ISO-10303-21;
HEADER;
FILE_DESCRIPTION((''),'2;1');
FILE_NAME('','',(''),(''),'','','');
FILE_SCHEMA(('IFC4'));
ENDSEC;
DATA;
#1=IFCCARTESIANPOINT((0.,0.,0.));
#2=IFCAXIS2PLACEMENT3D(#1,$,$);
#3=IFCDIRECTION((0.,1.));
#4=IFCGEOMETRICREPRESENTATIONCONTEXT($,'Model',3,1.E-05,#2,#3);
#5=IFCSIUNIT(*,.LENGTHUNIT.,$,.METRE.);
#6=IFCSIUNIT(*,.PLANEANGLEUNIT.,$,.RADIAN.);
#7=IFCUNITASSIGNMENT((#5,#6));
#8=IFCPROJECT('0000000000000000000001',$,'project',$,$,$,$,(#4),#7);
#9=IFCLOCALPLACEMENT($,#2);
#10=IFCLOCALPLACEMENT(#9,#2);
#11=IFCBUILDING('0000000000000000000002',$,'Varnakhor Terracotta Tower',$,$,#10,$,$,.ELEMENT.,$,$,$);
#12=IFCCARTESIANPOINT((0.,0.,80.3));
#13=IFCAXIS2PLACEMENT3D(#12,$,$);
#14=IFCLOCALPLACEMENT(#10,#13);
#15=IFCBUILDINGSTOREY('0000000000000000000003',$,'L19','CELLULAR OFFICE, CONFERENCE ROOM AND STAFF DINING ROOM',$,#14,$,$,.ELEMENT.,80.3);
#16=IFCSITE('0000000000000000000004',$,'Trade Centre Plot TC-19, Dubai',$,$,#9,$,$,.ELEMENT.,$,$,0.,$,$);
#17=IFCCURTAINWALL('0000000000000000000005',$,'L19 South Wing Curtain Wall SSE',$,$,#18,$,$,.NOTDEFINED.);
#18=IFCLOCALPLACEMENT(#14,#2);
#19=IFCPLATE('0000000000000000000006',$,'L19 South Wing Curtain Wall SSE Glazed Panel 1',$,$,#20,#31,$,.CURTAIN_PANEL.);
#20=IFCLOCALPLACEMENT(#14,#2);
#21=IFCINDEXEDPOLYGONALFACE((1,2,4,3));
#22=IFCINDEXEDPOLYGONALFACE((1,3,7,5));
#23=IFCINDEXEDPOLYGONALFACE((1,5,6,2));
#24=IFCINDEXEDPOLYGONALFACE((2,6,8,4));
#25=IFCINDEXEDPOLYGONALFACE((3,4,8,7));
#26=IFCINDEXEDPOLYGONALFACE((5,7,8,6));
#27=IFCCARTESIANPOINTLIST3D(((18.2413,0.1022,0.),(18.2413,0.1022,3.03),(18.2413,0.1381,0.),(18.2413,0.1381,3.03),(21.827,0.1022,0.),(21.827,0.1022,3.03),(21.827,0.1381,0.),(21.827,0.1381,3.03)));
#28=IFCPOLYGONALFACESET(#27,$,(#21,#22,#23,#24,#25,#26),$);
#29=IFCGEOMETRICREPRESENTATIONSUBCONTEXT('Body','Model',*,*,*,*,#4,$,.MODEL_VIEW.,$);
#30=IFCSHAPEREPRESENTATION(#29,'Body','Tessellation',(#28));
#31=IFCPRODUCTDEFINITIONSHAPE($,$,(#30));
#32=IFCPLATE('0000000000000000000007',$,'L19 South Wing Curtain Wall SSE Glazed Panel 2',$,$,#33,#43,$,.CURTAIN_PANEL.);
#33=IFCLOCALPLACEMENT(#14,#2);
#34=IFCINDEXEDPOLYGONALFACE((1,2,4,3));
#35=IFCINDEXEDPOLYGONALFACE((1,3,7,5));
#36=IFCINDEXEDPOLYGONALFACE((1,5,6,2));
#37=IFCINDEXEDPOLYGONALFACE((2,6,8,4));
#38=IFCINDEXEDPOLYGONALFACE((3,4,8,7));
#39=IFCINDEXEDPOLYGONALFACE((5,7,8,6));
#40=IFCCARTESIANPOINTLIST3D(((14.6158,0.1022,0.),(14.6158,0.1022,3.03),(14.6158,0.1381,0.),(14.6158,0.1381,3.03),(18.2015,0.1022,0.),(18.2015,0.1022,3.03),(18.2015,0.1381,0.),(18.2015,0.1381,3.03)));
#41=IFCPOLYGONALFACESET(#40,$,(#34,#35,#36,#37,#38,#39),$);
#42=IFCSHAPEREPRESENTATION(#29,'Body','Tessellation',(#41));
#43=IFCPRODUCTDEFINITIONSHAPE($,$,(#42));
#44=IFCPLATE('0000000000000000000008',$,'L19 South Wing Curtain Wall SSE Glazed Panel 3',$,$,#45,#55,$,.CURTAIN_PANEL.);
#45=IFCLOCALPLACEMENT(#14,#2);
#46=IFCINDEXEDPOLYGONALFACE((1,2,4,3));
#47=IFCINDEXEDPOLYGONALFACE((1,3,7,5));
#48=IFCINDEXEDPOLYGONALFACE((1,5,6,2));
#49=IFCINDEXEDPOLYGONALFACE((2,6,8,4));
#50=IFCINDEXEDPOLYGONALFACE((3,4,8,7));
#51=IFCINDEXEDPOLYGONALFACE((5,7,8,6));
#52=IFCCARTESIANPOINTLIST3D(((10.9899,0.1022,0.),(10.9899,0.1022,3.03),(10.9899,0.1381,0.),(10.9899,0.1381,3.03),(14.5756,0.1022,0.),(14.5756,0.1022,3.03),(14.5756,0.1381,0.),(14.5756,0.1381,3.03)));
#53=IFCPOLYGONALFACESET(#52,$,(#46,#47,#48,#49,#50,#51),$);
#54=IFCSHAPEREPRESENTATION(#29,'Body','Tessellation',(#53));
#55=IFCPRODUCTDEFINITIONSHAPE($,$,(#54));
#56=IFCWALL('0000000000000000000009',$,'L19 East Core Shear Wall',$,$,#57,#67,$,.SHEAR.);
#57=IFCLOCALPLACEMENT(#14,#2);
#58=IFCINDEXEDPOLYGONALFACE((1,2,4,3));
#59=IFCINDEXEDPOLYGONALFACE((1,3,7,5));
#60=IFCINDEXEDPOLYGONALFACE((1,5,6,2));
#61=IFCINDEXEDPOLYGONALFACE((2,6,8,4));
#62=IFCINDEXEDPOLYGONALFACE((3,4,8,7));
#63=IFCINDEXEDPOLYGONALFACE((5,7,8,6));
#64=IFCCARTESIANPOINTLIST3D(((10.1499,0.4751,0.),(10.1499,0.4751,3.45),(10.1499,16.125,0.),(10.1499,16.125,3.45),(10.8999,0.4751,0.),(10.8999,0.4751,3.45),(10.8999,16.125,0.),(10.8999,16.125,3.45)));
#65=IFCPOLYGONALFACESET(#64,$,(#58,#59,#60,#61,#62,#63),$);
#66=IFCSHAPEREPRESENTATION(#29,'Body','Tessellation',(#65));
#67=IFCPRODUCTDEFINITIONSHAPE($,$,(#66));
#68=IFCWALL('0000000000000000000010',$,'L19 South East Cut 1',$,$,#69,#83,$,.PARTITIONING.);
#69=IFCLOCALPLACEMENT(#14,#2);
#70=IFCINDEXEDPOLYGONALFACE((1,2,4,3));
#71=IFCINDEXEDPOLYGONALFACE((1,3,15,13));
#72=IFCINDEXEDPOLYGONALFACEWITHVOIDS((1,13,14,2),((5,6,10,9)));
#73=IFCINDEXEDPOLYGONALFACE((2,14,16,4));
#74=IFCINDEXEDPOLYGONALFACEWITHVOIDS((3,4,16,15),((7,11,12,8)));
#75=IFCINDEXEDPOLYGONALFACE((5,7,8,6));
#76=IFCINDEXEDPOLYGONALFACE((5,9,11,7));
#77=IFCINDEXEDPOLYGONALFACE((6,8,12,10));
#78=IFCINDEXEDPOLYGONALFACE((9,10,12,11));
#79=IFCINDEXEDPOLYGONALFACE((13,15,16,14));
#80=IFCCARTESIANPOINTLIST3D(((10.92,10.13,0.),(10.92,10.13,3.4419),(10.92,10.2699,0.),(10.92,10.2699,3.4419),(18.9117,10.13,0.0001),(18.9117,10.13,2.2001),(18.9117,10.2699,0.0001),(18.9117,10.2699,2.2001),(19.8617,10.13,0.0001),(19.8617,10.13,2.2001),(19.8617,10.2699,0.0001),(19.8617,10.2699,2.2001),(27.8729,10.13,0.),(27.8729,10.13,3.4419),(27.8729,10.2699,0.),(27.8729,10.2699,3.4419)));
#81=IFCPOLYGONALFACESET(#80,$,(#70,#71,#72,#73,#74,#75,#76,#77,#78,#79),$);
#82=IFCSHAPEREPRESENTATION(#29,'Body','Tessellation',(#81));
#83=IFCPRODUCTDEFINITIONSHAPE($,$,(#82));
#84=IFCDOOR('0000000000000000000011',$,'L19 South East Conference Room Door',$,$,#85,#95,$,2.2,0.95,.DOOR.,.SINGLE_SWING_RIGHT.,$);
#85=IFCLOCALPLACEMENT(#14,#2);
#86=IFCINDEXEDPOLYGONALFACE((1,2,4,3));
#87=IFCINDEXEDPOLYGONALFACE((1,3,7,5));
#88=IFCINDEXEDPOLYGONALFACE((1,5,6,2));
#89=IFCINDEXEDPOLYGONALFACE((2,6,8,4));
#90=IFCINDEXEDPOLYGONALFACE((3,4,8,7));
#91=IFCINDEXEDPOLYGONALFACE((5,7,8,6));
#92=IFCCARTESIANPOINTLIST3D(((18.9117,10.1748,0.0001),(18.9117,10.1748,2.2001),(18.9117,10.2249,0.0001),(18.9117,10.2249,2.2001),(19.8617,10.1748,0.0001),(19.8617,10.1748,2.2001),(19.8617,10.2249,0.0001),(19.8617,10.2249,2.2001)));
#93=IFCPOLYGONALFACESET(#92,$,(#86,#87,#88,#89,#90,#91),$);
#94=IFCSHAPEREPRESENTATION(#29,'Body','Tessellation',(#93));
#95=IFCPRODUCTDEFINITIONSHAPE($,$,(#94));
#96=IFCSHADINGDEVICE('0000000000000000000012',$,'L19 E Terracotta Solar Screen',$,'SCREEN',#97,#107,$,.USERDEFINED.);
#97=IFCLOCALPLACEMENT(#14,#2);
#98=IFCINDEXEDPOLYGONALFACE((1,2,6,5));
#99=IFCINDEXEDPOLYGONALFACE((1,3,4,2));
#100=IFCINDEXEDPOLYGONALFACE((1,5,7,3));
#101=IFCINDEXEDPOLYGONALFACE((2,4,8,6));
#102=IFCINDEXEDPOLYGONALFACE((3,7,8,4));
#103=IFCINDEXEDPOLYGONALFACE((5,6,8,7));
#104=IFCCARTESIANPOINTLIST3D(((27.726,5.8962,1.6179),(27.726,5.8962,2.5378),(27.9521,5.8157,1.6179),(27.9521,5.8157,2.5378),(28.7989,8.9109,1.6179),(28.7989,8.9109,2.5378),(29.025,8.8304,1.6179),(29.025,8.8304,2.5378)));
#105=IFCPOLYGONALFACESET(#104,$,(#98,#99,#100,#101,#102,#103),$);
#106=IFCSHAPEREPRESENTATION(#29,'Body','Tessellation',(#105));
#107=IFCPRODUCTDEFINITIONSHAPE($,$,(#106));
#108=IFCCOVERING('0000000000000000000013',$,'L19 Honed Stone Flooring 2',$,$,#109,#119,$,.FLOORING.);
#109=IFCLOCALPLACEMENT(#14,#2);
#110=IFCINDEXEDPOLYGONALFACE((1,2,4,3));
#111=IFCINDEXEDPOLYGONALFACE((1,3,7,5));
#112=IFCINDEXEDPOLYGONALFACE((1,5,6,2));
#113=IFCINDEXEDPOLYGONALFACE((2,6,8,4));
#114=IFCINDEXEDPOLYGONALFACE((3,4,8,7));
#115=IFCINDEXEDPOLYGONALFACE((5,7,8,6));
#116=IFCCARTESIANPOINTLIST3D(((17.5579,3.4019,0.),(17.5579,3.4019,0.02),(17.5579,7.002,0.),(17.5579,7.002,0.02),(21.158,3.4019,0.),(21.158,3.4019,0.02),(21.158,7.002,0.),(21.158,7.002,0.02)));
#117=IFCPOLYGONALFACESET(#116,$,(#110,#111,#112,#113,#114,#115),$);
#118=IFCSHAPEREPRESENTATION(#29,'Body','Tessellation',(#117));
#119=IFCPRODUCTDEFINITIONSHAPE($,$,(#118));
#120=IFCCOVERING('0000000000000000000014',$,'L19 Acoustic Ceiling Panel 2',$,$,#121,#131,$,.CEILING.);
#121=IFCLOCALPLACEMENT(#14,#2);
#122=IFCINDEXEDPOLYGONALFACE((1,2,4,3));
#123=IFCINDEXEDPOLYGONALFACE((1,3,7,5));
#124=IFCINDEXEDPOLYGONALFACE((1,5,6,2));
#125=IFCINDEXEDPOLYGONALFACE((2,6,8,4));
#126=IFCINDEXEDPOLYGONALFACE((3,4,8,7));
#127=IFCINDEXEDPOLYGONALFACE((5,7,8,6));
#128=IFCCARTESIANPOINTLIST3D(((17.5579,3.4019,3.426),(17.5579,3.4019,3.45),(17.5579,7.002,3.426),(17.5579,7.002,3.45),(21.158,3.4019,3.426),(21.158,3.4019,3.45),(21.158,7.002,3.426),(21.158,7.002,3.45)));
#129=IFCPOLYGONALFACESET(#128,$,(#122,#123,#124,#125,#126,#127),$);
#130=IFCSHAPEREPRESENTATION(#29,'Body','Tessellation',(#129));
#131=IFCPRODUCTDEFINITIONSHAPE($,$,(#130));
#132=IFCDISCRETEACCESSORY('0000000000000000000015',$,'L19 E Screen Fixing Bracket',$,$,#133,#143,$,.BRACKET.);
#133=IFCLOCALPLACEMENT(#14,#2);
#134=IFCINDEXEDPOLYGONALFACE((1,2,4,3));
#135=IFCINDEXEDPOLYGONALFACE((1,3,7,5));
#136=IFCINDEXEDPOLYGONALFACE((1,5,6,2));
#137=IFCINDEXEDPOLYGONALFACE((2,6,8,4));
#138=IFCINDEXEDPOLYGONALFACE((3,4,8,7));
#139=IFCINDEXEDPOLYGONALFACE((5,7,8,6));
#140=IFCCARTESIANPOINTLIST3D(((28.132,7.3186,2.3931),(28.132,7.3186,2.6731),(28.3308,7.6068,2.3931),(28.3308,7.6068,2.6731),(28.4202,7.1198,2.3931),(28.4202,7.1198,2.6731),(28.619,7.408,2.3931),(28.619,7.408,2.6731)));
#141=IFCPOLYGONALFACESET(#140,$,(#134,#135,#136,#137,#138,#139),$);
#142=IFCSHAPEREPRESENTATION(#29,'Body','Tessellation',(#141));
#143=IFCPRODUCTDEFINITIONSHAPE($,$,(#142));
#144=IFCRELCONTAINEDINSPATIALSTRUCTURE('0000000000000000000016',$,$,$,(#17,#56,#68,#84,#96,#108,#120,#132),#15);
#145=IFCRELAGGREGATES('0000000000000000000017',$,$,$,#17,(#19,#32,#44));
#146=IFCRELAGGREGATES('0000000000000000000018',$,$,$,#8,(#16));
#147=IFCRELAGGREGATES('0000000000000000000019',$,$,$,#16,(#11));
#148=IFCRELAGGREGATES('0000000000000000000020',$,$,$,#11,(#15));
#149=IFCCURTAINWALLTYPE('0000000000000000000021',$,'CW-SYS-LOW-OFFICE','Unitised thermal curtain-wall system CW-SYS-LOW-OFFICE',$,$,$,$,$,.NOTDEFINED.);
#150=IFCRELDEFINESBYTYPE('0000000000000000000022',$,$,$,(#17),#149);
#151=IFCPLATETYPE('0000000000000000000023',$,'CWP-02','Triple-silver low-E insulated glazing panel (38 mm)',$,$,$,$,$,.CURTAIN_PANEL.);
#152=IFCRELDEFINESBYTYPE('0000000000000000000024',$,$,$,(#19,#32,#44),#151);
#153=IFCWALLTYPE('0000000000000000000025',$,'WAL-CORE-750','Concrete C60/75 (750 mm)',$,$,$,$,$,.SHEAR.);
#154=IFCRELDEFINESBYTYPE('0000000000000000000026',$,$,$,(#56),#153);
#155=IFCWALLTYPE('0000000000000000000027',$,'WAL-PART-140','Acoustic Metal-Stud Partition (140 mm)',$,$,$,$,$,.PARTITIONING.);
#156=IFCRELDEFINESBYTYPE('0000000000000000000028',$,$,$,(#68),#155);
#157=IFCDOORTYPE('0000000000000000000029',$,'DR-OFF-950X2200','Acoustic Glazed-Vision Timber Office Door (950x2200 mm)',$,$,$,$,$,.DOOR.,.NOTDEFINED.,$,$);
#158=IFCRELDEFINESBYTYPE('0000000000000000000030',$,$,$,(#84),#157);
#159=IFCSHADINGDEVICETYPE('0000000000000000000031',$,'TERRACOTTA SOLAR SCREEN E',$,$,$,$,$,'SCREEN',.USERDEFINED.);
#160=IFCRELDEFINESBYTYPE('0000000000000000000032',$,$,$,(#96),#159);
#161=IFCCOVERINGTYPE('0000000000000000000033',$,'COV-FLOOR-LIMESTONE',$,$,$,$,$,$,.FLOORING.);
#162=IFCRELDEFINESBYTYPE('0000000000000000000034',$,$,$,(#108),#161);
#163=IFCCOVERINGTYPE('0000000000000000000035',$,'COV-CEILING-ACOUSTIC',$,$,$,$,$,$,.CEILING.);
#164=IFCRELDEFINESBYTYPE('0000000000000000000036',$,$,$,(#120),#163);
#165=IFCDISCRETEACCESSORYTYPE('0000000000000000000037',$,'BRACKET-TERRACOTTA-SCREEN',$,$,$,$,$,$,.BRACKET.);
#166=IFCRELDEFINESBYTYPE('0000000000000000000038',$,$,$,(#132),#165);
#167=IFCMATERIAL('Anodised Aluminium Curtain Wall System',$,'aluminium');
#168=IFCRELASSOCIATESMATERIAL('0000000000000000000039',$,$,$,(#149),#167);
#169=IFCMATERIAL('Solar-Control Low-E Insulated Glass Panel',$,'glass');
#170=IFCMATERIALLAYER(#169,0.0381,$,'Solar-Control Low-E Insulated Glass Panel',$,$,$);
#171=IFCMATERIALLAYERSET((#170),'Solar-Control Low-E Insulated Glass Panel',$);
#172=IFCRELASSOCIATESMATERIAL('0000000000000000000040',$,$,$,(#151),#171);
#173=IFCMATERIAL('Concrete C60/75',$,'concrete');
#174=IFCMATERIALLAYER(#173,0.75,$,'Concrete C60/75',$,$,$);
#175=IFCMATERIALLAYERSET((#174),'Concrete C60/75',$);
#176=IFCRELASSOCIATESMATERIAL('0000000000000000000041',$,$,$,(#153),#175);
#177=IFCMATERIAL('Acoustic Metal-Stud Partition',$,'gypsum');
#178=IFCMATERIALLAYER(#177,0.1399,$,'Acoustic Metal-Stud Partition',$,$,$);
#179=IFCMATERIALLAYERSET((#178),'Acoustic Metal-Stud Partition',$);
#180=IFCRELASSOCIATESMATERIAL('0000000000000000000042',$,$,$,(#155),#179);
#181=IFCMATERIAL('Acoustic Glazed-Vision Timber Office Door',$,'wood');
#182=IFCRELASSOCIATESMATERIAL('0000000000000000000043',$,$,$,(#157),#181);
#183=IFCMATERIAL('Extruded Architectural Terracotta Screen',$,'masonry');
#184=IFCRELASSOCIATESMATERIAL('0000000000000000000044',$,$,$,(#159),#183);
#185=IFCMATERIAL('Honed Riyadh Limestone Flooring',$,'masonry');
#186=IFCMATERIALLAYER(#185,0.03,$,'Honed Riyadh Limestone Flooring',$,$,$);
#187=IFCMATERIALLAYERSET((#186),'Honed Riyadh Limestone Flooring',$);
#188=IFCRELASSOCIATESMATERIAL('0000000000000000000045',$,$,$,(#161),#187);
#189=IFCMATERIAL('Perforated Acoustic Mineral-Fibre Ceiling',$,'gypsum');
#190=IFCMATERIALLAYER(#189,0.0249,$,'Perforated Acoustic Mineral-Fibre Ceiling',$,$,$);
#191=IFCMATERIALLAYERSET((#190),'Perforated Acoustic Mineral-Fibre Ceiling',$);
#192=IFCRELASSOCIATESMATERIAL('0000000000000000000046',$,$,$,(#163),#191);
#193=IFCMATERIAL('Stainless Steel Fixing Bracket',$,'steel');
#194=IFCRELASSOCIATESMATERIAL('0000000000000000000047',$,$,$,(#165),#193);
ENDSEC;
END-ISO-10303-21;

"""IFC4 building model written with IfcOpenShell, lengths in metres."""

from ifc_helpers import new_model, si_unit, direction, frame, frame_2d, origin, origin_2d, place, context, subcontext, project, spatial, rectangle, extrude, source, transform, mapped, material, layer, layer_set, type_object, type_shapes, element, fill, aggregate, save


model = new_model("IFC4")

# Units and contexts
model_context = context("Model", 3, precision=1e-05, world=origin(), true_north=direction((0.0, 1.0)))
body_context = subcontext(model_context, "Body", "Model", "MODEL_VIEW")
ifc_project = project(units=[si_unit("LENGTHUNIT", "METRE"), si_unit("PLANEANGLEUNIT", "RADIAN")], contexts=[model_context])

# Site, building, storey
site_placement = place(None, origin())
site = spatial("IfcSite", under=ifc_project, at=site_placement, Name="Trade Centre Plot TC-19, Dubai", CompositionType="ELEMENT", RefElevation=0.0)
building_placement = place(site_placement, origin())
building = spatial("IfcBuilding", under=site, at=building_placement, Name="Varnakhor Terracotta Tower", CompositionType="ELEMENT")
storey_placement = place(building_placement, frame((0.0, 0.0, 80.3)))
storey = spatial("IfcBuildingStorey", under=building, at=storey_placement, Name="L19", Description="CELLULAR OFFICE, CONFERENCE ROOM AND STAFF DINING ROOM", CompositionType="ELEMENT", Elevation=80.3)

# Curtain wall
ifc_material_1 = material(Name="Anodised Aluminium Curtain Wall System", Category="aluminium")
curtain_wall_type = type_object("IfcCurtainWallType", Name="CW-SYS-LOW-OFFICE", Description="Unitised thermal curtain-wall system CW-SYS-LOW-OFFICE", PredefinedType="NOTDEFINED", material=ifc_material_1)
curtain_wall_1_placement = place(storey_placement, origin())
curtain_wall_1 = element("IfcCurtainWall", 1, at=curtain_wall_1_placement, inside=storey, type_object=curtain_wall_type, Name="L19 South Wing Curtain Wall SSE", PredefinedType="NOTDEFINED")

# Plates
ifc_material_2 = material(Name="Solar-Control Low-E Insulated Glass Panel", Category="glass")
ifc_layer_1 = layer(ifc_material_2, 0.0381, Name="Solar-Control Low-E Insulated Glass Panel")
ifc_layer_set_1 = layer_set([ifc_layer_1], Name="Solar-Control Low-E Insulated Glass Panel")
plate_type_1 = type_object("IfcPlateType", Name="CWP-02", Description="Triple-silver low-E insulated glazing panel (38 mm)", PredefinedType="CURTAIN_PANEL", material=ifc_layer_set_1)
shared_shape_1 = source(origin(), body_context, "Body", "SweptSolid", [
    extrude(rectangle(XDim=3.5857, YDim=0.0359, at=origin_2d()), origin(), (0.0, 0.0, 1.0), 3.03),
])
plate_1_placement = place(storey_placement, frame((20.0342, 0.1201, 0.0), z_axis=(0.0, 0.0, 1.0), x_axis=(-1.0, 0.0, 0.0)))
plate_1 = element("IfcPlate", 2, at=plate_1_placement, type_object=plate_type_1, Name="L19 South Wing Curtain Wall SSE Glazed Panel 1", PredefinedType="CURTAIN_PANEL", context=body_context, shape_type="MappedRepresentation", body=[
    mapped(shared_shape_1, transform((0.0, 0.0, 0.0), scale=1.0)),
])
plate_2_placement = place(storey_placement, frame((16.4087, 0.1201, 0.0), z_axis=(0.0, 0.0, 1.0), x_axis=(-1.0, 0.0, 0.0)))
plate_2 = element("IfcPlate", 3, at=plate_2_placement, type_object=plate_type_1, Name="L19 South Wing Curtain Wall SSE Glazed Panel 2", PredefinedType="CURTAIN_PANEL", context=body_context, shape_type="MappedRepresentation", body=[
    mapped(shared_shape_1, transform((0.0, 0.0, 0.0), scale=1.0)),
])
plate_3_placement = place(storey_placement, frame((12.7827, 0.1201, 0.0), z_axis=(0.0, 0.0, 1.0), x_axis=(-1.0, 0.0, 0.0)))
plate_3 = element("IfcPlate", 4, at=plate_3_placement, type_object=plate_type_1, Name="L19 South Wing Curtain Wall SSE Glazed Panel 3", PredefinedType="CURTAIN_PANEL", context=body_context, shape_type="MappedRepresentation", body=[
    mapped(shared_shape_1, transform((0.0, 0.0, 0.0), scale=1.0)),
])
aggregate(curtain_wall_1, [plate_1, plate_2, plate_3])

# Wall
ifc_material_3 = material(Name="Concrete C60/75", Category="concrete")
ifc_layer_2 = layer(ifc_material_3, 0.75, Name="Concrete C60/75")
ifc_layer_set_2 = layer_set([ifc_layer_2], Name="Concrete C60/75")
wall_type_1 = type_object("IfcWallType", Name="WAL-CORE-750", Description="Concrete C60/75 (750 mm)", PredefinedType="SHEAR", material=ifc_layer_set_2)
wall_1_placement = place(storey_placement, frame((10.5249, 0.4751, 0.0), z_axis=(0.0, 0.0, 1.0), x_axis=(0.0, 1.0, 0.0)))
element("IfcWall", 5, at=wall_1_placement, inside=storey, type_object=wall_type_1, Name="L19 East Core Shear Wall", PredefinedType="SHEAR", context=body_context, shape_type="SweptSolid", body=[
    extrude(rectangle(XDim=15.6499, YDim=0.75, at=frame_2d((7.825, 0.0))), origin(), (0.0, 0.0, 1.0), 3.45),
])

# Wall, opening, door
ifc_material_4 = material(Name="Acoustic Metal-Stud Partition", Category="gypsum")
ifc_layer_3 = layer(ifc_material_4, 0.1399, Name="Acoustic Metal-Stud Partition")
ifc_layer_set_3 = layer_set([ifc_layer_3], Name="Acoustic Metal-Stud Partition")
wall_type_2 = type_object("IfcWallType", Name="WAL-PART-140", Description="Acoustic Metal-Stud Partition (140 mm)", PredefinedType="PARTITIONING", material=ifc_layer_set_3)
wall_2_placement = place(storey_placement, frame((10.9199, 10.2, 0.0), z_axis=(0.0, 0.0, 1.0), x_axis=(1.0, 0.0, 0.0)))
wall_2 = element("IfcWall", 6, at=wall_2_placement, inside=storey, type_object=wall_type_2, Name="L19 South East Cut 1", PredefinedType="PARTITIONING", context=body_context, shape_type="SweptSolid", body=[
    extrude(rectangle(XDim=16.9529, YDim=0.1399, at=frame_2d((8.4766, 0.0))), origin(), (0.0, 0.0, 1.0), 3.4419),
])
opening_placement = place(wall_2_placement, frame((7.9917, 0.0, 0.0)))
opening = element("IfcOpeningElement", 7, at=opening_placement, cuts=wall_2, PredefinedType="OPENING", context=body_context, shape_type="SweptSolid", body=[
    extrude(rectangle(XDim=0.95, YDim=2.2, at=frame_2d((0.4751, 1.1001))), frame((0.0, 0.0801, 0.0), z_axis=(0.0, -1.0, 0.0), x_axis=(1.0, 0.0, 0.0)), (0.0, 0.0, 1.0), 0.1599),
])
ifc_material_5 = material(Name="Acoustic Glazed-Vision Timber Office Door", Category="wood")
door_type = type_object("IfcDoorType", Name="DR-OFF-950X2200", Description="Acoustic Glazed-Vision Timber Office Door (950x2200 mm)", OperationType="NOTDEFINED", PredefinedType="DOOR", material=ifc_material_5)
shared_shape_2 = source(origin(), body_context, "Body", "SweptSolid", [
    extrude(rectangle(XDim=0.95, YDim=2.2, at=frame_2d((0.4751, 1.1001))), frame((0.0, 0.0249, 0.0), z_axis=(0.0, -1.0, 0.0), x_axis=(1.0, 0.0, 0.0)), (0.0, 0.0, 1.0), 0.05),
])
type_shapes(door_type, [shared_shape_2])
door_placement = place(opening_placement, origin())
door = element("IfcDoor", 8, at=door_placement, inside=storey, type_object=door_type, Name="L19 South East Conference Room Door", OperationType="SINGLE_SWING_RIGHT", OverallHeight=2.2, OverallWidth=0.95, PredefinedType="DOOR", context=body_context, shape_type="MappedRepresentation", body=[
    mapped(shared_shape_2, transform((0.0, 0.0, 0.0), scale=1.0)),
])
fill(opening, door)

# Shading device
ifc_material_6 = material(Name="Extruded Architectural Terracotta Screen", Category="masonry")
shading_device_type = type_object("IfcShadingDeviceType", Name="TERRACOTTA SOLAR SCREEN E", ElementType="SCREEN", PredefinedType="USERDEFINED", material=ifc_material_6)
shared_shape_3 = source(origin(), body_context, "Body", "SweptSolid", [
    extrude(rectangle(XDim=3.2, YDim=0.24, at=origin_2d()), origin(), (0.0, 0.0, 1.0), 0.9199),
])
type_shapes(shading_device_type, [shared_shape_3])
shading_device_placement = place(storey_placement, frame((28.3755, 7.3633, 1.6179), z_axis=(0.0, 0.0, 1.0), x_axis=(0.335287, 0.942116, 0.0)))
element("IfcShadingDevice", 9, at=shading_device_placement, inside=storey, type_object=shading_device_type, Name="L19 E Terracotta Solar Screen", ObjectType="SCREEN", PredefinedType="USERDEFINED", context=body_context, shape_type="MappedRepresentation", body=[
    mapped(shared_shape_3, transform((0.0, 0.0, 0.0), scale=1.0)),
])

# Coverings
ifc_material_7 = material(Name="Honed Riyadh Limestone Flooring", Category="masonry")
ifc_layer_4 = layer(ifc_material_7, 0.03, Name="Honed Riyadh Limestone Flooring")
ifc_layer_set_4 = layer_set([ifc_layer_4], Name="Honed Riyadh Limestone Flooring")
covering_type_1 = type_object("IfcCoveringType", Name="COV-FLOOR-LIMESTONE", PredefinedType="FLOORING", material=ifc_layer_set_4)
shared_shape_4 = source(origin(), body_context, "Body", "SweptSolid", [
    extrude(rectangle(XDim=3.6001, YDim=3.6001, at=origin_2d()), origin(), (0.0, 0.0, 1.0), 0.02),
])
covering_1_placement = place(storey_placement, frame((19.3579, 5.2019, 0.0), z_axis=(0.0, 0.0, 1.0), x_axis=(1.0, 0.0, 0.0)))
element("IfcCovering", 10, at=covering_1_placement, inside=storey, type_object=covering_type_1, Name="L19 Honed Stone Flooring 2", PredefinedType="FLOORING", context=body_context, shape_type="MappedRepresentation", body=[
    mapped(shared_shape_4, transform((0.0, 0.0, 0.0), scale=1.0)),
])
ifc_material_8 = material(Name="Perforated Acoustic Mineral-Fibre Ceiling", Category="gypsum")
ifc_layer_5 = layer(ifc_material_8, 0.0249, Name="Perforated Acoustic Mineral-Fibre Ceiling")
ifc_layer_set_5 = layer_set([ifc_layer_5], Name="Perforated Acoustic Mineral-Fibre Ceiling")
covering_type_2 = type_object("IfcCoveringType", Name="COV-CEILING-ACOUSTIC", PredefinedType="CEILING", material=ifc_layer_set_5)
shared_shape_5 = source(origin(), body_context, "Body", "SweptSolid", [
    extrude(rectangle(XDim=3.6001, YDim=3.6001, at=origin_2d()), origin(), (0.0, 0.0, 1.0), 0.0239),
])
covering_2_placement = place(storey_placement, frame((19.3579, 5.2019, 3.426), z_axis=(0.0, 0.0, 1.0), x_axis=(1.0, 0.0, 0.0)))
element("IfcCovering", 11, at=covering_2_placement, inside=storey, type_object=covering_type_2, Name="L19 Acoustic Ceiling Panel 2", PredefinedType="CEILING", context=body_context, shape_type="MappedRepresentation", body=[
    mapped(shared_shape_5, transform((0.0, 0.0, 0.0), scale=1.0)),
])

# Discrete accessory
ifc_material_9 = material(Name="Stainless Steel Fixing Bracket", Category="steel")
discrete_accessory_type = type_object("IfcDiscreteAccessoryType", Name="BRACKET-TERRACOTTA-SCREEN", PredefinedType="BRACKET", material=ifc_material_9)
shared_shape_6 = source(origin(), body_context, "Body", "SweptSolid", [
    extrude(rectangle(XDim=0.3501, YDim=0.3501, at=origin_2d()), origin(), (0.0, 0.0, 1.0), 0.28),
])
type_shapes(discrete_accessory_type, [shared_shape_6])
discrete_accessory_placement = place(storey_placement, frame((28.3755, 7.3633, 2.3931), z_axis=(0.0, 0.0, 1.0), x_axis=(0.5677, 0.823235, 0.0)))
element("IfcDiscreteAccessory", 12, at=discrete_accessory_placement, inside=storey, type_object=discrete_accessory_type, Name="L19 E Screen Fixing Bracket", PredefinedType="BRACKET", context=body_context, shape_type="MappedRepresentation", body=[
    mapped(shared_shape_6, transform((0.0, 0.0, 0.0), scale=1.0)),
])

save(model, "model.ifc")
